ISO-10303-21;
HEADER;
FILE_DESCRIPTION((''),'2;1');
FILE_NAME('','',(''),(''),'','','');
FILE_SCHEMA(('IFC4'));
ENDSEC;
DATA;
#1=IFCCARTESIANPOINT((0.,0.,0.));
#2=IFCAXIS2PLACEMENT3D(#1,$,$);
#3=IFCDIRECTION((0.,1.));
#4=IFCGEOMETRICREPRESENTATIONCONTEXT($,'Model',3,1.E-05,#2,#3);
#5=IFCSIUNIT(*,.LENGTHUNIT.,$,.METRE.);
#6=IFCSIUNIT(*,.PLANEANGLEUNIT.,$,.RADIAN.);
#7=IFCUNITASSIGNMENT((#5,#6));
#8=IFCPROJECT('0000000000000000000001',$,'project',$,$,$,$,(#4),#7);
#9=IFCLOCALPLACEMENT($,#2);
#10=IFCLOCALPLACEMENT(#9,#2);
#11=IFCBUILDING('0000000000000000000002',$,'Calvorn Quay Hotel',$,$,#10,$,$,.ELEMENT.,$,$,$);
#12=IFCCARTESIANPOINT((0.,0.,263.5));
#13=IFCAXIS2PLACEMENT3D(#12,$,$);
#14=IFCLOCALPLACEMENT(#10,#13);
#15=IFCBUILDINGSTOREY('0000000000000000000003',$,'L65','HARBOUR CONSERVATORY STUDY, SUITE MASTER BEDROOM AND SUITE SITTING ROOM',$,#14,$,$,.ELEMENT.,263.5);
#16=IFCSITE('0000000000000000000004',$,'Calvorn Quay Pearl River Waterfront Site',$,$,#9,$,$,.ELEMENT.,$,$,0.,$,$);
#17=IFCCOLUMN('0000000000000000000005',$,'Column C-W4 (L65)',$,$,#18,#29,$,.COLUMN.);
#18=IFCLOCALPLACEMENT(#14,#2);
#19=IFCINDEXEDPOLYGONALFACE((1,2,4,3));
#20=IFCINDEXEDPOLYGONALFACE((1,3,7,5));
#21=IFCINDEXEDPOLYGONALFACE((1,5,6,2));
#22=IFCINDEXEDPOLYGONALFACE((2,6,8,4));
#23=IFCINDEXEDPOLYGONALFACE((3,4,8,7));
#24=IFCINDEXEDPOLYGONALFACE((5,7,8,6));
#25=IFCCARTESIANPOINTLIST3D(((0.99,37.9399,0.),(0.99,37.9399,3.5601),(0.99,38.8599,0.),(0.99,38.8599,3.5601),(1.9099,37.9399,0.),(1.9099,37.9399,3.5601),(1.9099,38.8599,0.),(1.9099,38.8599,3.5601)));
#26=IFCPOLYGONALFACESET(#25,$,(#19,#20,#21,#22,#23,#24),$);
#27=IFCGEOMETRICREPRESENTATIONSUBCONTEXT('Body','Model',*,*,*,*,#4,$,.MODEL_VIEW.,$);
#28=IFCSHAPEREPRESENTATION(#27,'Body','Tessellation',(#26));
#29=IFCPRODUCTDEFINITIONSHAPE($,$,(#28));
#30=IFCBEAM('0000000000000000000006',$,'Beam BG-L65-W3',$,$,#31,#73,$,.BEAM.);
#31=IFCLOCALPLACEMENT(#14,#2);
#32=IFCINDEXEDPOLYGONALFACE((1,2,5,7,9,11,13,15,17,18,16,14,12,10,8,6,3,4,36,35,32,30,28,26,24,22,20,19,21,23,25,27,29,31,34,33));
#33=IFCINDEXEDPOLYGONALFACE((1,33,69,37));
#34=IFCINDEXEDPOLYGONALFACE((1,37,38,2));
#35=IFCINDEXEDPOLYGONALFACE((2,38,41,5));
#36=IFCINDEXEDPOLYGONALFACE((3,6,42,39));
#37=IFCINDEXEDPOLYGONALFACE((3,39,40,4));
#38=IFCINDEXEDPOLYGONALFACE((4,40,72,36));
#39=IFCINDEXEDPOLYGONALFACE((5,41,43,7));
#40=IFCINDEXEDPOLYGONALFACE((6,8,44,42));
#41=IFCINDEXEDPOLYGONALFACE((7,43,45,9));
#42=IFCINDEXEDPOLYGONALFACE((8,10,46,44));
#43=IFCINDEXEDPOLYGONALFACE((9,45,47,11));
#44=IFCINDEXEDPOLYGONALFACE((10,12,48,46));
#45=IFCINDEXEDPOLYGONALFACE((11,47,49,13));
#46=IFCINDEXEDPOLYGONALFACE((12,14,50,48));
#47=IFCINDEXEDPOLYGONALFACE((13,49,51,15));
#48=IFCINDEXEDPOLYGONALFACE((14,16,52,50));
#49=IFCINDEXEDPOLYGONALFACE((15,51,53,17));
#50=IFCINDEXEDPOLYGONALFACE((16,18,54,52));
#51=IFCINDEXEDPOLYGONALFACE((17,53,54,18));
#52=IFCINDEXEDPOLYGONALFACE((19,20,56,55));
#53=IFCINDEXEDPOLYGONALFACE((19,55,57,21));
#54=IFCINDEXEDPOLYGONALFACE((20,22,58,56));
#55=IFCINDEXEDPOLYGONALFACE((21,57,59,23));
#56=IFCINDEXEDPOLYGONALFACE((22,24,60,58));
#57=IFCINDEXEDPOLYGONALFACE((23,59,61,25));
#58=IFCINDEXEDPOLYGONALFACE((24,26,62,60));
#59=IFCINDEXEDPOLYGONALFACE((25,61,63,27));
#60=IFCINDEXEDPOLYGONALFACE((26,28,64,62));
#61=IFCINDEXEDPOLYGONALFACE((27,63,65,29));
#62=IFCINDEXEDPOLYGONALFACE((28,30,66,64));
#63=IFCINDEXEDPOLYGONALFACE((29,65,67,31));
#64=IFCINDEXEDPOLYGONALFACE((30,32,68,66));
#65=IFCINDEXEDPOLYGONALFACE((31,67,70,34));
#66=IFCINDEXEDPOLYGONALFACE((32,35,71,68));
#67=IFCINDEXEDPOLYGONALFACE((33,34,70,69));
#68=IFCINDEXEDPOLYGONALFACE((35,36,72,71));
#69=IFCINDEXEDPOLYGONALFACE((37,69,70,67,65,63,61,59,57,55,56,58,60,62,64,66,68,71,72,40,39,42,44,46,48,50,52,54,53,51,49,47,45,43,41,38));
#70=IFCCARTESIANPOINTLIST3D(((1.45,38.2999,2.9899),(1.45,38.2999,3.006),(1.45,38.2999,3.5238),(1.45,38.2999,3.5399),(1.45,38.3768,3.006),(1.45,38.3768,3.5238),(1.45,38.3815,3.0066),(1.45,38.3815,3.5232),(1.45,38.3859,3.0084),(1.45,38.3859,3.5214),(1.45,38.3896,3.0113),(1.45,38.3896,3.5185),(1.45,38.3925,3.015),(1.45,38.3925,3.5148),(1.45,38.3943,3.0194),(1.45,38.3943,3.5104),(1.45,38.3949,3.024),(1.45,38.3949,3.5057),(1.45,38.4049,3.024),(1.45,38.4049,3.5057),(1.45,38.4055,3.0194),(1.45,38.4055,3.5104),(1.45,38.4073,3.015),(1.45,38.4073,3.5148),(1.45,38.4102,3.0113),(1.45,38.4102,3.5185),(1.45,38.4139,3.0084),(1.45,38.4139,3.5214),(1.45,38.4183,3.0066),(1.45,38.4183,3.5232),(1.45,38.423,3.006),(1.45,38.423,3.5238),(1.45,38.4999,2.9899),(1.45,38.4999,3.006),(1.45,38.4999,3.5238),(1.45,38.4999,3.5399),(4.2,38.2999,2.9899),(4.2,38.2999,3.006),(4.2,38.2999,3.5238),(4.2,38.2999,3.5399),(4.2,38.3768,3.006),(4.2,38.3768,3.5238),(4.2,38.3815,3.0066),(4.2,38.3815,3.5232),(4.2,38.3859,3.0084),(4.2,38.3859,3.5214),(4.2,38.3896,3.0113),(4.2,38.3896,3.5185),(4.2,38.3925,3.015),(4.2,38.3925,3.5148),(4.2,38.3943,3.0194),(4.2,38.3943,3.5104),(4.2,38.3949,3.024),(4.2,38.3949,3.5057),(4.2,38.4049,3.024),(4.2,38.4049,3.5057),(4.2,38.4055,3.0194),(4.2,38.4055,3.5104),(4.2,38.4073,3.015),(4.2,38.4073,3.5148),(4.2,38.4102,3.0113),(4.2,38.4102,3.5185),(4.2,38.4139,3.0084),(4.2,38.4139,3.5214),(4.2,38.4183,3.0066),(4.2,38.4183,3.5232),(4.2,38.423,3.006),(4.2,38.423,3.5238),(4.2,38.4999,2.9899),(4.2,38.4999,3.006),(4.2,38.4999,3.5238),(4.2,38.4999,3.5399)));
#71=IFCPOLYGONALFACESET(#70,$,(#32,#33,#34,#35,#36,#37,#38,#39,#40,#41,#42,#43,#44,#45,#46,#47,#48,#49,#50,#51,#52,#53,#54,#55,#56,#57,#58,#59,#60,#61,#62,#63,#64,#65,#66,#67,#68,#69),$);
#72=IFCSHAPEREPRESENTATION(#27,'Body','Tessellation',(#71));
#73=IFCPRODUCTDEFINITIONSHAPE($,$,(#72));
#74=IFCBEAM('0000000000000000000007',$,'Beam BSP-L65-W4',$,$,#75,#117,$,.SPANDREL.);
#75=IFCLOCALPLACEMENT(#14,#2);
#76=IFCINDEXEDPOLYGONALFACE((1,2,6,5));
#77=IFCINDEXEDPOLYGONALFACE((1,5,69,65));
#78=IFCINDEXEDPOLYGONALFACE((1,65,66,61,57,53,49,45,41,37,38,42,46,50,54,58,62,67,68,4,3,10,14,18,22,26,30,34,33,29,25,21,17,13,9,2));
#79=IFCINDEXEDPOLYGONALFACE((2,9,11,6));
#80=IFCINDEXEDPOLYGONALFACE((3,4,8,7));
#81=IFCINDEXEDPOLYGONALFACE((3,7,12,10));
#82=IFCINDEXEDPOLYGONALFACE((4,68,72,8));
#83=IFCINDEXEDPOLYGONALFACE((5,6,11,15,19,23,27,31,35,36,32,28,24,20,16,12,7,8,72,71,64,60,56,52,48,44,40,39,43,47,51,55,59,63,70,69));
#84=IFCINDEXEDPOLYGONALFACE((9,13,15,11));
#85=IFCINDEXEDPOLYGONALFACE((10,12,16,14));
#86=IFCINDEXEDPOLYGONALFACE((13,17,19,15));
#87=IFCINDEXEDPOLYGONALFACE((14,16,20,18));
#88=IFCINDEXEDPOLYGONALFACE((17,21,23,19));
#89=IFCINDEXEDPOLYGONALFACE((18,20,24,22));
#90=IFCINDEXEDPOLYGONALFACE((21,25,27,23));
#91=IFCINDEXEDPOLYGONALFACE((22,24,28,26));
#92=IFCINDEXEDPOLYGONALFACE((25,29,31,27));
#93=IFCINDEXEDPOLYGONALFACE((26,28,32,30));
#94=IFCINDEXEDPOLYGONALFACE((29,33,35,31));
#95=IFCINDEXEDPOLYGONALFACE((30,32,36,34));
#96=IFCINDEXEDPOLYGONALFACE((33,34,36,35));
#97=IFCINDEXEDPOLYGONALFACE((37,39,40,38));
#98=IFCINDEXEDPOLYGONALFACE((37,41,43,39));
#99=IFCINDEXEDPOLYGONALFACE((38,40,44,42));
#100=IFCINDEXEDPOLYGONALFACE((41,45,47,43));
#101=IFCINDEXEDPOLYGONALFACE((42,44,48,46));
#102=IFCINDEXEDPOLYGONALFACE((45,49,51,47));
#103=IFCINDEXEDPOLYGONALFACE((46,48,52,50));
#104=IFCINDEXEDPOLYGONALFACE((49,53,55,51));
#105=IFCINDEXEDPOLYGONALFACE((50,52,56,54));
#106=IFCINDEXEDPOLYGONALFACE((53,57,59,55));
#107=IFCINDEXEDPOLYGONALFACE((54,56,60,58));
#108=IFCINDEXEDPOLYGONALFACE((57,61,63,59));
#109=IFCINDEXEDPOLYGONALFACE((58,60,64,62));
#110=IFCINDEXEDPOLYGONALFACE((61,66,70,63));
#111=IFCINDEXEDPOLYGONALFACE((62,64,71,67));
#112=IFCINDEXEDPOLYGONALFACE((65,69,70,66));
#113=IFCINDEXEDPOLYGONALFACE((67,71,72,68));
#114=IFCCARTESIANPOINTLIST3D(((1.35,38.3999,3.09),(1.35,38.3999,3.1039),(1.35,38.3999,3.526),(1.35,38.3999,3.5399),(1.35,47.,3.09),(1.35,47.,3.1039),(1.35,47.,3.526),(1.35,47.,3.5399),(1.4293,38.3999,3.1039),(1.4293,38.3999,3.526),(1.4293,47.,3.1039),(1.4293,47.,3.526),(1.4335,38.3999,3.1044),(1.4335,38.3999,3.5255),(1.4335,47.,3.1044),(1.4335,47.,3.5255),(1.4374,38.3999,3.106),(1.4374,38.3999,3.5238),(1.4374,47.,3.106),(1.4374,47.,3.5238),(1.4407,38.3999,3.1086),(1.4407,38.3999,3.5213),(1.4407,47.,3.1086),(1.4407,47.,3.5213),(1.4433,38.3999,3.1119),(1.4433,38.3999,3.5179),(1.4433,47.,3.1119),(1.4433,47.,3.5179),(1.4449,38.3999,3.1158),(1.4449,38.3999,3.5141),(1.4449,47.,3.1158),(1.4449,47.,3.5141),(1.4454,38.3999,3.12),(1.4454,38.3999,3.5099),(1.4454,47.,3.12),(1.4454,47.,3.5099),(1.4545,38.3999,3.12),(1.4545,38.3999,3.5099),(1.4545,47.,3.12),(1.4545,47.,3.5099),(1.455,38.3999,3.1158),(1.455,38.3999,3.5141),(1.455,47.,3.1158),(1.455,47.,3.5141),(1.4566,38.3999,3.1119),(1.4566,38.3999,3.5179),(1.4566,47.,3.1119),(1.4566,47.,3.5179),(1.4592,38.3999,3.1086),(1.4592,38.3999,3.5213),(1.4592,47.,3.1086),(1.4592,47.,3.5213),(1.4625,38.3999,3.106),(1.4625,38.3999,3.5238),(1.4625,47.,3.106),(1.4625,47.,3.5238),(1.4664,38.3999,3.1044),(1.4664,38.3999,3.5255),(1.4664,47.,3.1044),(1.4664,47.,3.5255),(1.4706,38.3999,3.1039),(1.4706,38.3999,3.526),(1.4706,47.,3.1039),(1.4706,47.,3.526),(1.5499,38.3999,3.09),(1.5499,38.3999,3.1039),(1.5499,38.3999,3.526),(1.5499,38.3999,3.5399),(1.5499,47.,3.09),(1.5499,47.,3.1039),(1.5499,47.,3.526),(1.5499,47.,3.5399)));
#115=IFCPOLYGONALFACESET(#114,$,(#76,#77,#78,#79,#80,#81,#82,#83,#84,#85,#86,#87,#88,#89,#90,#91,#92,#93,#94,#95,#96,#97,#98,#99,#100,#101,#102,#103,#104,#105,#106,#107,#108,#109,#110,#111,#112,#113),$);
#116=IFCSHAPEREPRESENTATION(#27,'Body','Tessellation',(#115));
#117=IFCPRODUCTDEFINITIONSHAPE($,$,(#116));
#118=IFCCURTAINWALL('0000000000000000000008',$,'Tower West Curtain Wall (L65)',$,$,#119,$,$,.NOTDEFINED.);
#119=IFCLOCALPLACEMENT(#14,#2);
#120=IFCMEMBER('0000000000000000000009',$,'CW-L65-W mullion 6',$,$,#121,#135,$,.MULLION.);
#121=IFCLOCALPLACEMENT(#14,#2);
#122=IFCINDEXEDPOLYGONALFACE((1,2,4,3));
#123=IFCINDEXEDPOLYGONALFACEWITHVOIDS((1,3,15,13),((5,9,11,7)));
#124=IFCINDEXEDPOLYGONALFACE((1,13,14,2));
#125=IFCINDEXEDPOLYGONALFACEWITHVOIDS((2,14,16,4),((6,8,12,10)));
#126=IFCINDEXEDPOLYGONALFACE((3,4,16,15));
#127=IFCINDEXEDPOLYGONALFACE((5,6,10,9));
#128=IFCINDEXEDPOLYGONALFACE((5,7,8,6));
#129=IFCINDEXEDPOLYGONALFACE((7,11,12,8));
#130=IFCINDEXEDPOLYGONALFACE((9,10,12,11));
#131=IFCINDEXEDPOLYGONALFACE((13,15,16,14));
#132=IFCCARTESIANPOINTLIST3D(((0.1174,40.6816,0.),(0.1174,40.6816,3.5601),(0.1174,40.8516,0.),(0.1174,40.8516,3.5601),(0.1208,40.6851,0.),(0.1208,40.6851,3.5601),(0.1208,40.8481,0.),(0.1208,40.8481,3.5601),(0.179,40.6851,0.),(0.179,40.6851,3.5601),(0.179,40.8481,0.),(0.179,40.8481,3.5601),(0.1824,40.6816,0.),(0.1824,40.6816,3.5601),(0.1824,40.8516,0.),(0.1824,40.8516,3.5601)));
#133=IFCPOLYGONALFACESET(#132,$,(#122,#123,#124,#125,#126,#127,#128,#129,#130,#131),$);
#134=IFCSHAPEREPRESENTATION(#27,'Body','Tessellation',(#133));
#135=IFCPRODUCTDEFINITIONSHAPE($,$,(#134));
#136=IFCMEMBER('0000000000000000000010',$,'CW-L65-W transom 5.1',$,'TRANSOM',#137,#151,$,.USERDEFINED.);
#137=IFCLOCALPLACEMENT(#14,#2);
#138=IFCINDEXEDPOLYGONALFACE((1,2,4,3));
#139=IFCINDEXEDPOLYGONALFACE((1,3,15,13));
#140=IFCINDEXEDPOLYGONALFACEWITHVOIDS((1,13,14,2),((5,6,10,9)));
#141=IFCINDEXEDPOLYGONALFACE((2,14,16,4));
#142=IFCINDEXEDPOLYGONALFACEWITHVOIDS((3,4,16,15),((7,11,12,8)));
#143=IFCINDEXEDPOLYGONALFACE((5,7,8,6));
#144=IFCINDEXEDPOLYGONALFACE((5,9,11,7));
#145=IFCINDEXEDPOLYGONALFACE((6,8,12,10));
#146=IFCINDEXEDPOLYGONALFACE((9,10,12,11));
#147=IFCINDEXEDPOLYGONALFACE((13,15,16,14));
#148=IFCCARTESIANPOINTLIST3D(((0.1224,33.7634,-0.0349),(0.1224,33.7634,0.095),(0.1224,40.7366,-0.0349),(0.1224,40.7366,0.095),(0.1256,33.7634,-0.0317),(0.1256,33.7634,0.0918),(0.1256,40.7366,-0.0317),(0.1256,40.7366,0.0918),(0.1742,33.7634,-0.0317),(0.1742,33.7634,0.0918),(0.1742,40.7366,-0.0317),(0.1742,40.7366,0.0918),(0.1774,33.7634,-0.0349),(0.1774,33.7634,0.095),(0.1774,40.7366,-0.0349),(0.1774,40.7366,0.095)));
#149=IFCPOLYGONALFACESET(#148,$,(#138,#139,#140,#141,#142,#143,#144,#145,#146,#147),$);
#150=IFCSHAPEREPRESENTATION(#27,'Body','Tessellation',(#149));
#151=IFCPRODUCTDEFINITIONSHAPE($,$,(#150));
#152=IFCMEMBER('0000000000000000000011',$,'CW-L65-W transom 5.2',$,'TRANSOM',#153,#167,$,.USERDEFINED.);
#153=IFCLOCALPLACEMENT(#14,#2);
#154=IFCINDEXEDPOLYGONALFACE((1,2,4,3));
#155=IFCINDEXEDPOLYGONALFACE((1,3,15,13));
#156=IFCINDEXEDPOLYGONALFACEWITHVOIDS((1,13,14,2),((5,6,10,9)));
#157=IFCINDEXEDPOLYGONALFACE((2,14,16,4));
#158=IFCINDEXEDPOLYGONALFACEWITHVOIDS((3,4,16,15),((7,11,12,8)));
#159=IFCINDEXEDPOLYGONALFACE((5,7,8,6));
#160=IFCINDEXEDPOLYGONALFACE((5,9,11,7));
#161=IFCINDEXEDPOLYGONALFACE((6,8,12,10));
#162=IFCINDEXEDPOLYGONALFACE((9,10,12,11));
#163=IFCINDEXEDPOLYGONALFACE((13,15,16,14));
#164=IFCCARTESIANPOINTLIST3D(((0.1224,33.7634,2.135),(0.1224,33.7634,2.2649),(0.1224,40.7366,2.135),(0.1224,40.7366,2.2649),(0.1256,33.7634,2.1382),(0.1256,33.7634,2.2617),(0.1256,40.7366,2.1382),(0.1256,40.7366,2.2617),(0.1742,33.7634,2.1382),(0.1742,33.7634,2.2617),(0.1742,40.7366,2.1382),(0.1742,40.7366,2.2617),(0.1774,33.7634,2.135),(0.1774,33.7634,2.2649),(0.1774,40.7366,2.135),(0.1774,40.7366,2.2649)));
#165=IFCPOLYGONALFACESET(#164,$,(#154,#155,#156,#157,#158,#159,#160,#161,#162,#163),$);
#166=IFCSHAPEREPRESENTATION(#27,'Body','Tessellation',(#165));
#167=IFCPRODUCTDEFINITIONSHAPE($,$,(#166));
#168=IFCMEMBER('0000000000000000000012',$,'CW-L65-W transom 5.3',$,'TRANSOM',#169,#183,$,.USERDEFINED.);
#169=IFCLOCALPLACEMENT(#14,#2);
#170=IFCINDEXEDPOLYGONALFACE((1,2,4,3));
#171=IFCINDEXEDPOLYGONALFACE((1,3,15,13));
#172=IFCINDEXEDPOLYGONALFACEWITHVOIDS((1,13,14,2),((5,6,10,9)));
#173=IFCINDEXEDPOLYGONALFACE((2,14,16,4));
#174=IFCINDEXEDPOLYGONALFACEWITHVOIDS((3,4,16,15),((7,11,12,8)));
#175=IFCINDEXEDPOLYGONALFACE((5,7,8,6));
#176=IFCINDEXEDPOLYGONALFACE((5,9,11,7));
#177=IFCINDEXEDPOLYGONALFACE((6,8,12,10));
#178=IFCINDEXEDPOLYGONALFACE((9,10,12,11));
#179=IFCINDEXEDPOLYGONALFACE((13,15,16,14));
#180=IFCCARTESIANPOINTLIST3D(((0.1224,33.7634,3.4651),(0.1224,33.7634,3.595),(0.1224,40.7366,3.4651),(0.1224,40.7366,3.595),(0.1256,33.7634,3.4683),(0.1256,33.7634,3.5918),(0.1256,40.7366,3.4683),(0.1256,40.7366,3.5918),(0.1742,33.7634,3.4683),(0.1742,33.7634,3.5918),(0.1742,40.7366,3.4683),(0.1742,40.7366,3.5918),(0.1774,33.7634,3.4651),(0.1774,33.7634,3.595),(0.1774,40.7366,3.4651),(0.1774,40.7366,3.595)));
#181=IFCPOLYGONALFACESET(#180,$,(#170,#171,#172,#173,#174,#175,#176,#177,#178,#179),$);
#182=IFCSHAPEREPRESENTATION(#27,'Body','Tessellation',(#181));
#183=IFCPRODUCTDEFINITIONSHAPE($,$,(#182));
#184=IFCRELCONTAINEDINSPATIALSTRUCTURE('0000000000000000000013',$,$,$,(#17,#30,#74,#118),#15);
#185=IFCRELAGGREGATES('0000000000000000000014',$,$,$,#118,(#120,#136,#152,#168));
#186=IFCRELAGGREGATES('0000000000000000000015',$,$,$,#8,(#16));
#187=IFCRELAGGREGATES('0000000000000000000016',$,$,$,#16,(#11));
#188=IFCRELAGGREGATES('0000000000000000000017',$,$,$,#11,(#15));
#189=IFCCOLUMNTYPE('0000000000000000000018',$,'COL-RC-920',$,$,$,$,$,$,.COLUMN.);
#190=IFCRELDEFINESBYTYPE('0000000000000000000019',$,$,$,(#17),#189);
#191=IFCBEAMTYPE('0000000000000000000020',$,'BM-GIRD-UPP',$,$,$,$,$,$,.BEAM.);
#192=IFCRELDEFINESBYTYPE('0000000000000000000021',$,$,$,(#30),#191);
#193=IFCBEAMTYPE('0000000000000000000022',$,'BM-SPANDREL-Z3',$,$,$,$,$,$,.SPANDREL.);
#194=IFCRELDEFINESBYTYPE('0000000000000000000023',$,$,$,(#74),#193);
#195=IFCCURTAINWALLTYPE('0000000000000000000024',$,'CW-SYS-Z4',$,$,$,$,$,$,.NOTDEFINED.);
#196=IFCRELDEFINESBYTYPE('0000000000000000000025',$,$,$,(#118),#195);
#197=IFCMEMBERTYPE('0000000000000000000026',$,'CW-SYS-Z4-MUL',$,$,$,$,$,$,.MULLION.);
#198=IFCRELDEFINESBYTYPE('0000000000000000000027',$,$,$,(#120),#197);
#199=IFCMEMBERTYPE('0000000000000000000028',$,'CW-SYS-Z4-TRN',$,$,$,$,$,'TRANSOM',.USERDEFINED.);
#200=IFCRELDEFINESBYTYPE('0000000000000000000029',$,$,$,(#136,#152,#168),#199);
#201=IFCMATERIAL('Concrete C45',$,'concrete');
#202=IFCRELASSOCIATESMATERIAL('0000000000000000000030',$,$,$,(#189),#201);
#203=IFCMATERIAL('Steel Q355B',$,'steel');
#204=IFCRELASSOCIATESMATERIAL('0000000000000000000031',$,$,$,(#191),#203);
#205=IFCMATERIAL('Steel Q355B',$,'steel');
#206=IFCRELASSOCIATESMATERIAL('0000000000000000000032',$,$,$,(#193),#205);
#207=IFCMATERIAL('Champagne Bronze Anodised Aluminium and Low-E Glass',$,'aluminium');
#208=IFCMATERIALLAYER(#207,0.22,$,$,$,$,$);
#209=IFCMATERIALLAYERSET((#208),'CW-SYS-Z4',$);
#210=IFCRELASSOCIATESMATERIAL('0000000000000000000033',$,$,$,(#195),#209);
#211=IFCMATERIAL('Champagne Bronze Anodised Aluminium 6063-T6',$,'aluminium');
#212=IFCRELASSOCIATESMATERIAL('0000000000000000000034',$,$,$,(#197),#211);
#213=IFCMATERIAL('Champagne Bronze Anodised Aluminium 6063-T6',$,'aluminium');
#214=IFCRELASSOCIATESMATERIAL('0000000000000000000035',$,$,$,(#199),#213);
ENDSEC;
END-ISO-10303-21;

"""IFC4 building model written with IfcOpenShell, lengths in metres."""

from ifc_helpers import new_model, si_unit, direction, frame, origin, origin_2d, place, context, subcontext, project, spatial, rectangle, hollow_rectangle, i_section, extrude, material, layer, layer_set, material_profile, profile_set, type_object, element, aggregate, save


model = new_model("IFC4")

# Units and contexts
model_context = context("Model", 3, precision=1e-05, world=origin(), true_north=direction((0.0, 1.0)))
body_context = subcontext(model_context, "Body", "Model", "MODEL_VIEW")
ifc_project = project(units=[si_unit("LENGTHUNIT", "METRE"), si_unit("PLANEANGLEUNIT", "RADIAN")], contexts=[model_context])

# Site, building, storey
site_placement = place(None, origin())
site = spatial("IfcSite", under=ifc_project, at=site_placement, Name="Calvorn Quay Pearl River Waterfront Site", CompositionType="ELEMENT", RefElevation=0.0)
building_placement = place(site_placement, origin())
building = spatial("IfcBuilding", under=site, at=building_placement, Name="Calvorn Quay Hotel", CompositionType="ELEMENT")
storey_placement = place(building_placement, frame((0.0, 0.0, 263.5)))
storey = spatial("IfcBuildingStorey", under=building, at=storey_placement, Name="L65", Description="HARBOUR CONSERVATORY STUDY, SUITE MASTER BEDROOM AND SUITE SITTING ROOM", CompositionType="ELEMENT", Elevation=263.5)

# Column
ifc_material_1 = material(Name="Concrete C45", Category="concrete")
ifc_material_profile_1 = material_profile(ifc_material_1, rectangle(XDim=0.9199, YDim=0.9199, at=origin_2d()), Name="RC920x920")
ifc_profile_set_1 = profile_set([ifc_material_profile_1], Name="Concrete C45")
column_type = type_object("IfcColumnType", Name="COL-RC-920", PredefinedType="COLUMN", material=ifc_profile_set_1)
column_placement = place(storey_placement, frame((1.45, 38.3999, 0.0), z_axis=(0.0, 0.0, 1.0), x_axis=(1.0, 0.0, 0.0)))
element("IfcColumn", 1, at=column_placement, inside=storey, type_object=column_type, Name="Column C-W4 (L65)", PredefinedType="COLUMN", context=body_context, shape_type="SweptSolid", body=[
    extrude(rectangle(XDim=0.9199, YDim=0.9199, at=origin_2d()), origin(), (0.0, 0.0, 1.0), 3.5601),
])

# Beams
ifc_material_2 = material(Name="Steel Q355B", Category="steel")
ifc_material_profile_2 = material_profile(ifc_material_2, i_section(OverallWidth=0.2, OverallDepth=0.55, WebThickness=0.01, FlangeThickness=0.0161, FilletRadius=0.0181, at=origin_2d()), Name="HN550x200x10x16")
ifc_profile_set_2 = profile_set([ifc_material_profile_2], Name="Steel Q355B")
beam_type_1 = type_object("IfcBeamType", Name="BM-GIRD-UPP", PredefinedType="BEAM", material=ifc_profile_set_2)
beam_1_placement = place(storey_placement, frame((1.45, 38.3999, 3.2649), z_axis=(1.0, 0.0, 0.0), x_axis=(0.0, 1.0, 0.0)))
element("IfcBeam", 2, at=beam_1_placement, inside=storey, type_object=beam_type_1, Name="Beam BG-L65-W3", PredefinedType="BEAM", context=body_context, shape_type="SweptSolid", body=[
    extrude(i_section(OverallWidth=0.2, OverallDepth=0.55, WebThickness=0.01, FlangeThickness=0.0161, FilletRadius=0.0181, at=origin_2d()), origin(), (0.0, 0.0, 1.0), 2.75),
])
ifc_material_3 = material(Name="Steel Q355B", Category="steel")
ifc_material_profile_3 = material_profile(ifc_material_3, i_section(OverallWidth=0.2, OverallDepth=0.45, WebThickness=0.009, FlangeThickness=0.0139, FilletRadius=0.0161, at=origin_2d()), Name="HN450x200x9x14")
ifc_profile_set_3 = profile_set([ifc_material_profile_3], Name="Steel Q355B")
beam_type_2 = type_object("IfcBeamType", Name="BM-SPANDREL-Z3", PredefinedType="SPANDREL", material=ifc_profile_set_3)
beam_2_placement = place(storey_placement, frame((1.45, 38.3999, 3.3149), z_axis=(0.0, 1.0, 0.0), x_axis=(-1.0, 0.0, 0.0)))
element("IfcBeam", 3, at=beam_2_placement, inside=storey, type_object=beam_type_2, Name="Beam BSP-L65-W4", PredefinedType="SPANDREL", context=body_context, shape_type="SweptSolid", body=[
    extrude(i_section(OverallWidth=0.2, OverallDepth=0.45, WebThickness=0.009, FlangeThickness=0.0139, FilletRadius=0.0161, at=origin_2d()), origin(), (0.0, 0.0, 1.0), 8.6001),
])

# Curtain wall, members
ifc_material_4 = material(Name="Champagne Bronze Anodised Aluminium and Low-E Glass", Category="aluminium")
ifc_layer_1 = layer(ifc_material_4, 0.22)
ifc_layer_set_1 = layer_set([ifc_layer_1], Name="CW-SYS-Z4")
curtain_wall_type = type_object("IfcCurtainWallType", Name="CW-SYS-Z4", PredefinedType="NOTDEFINED", material=ifc_layer_set_1)
curtain_wall_placement = place(storey_placement, origin())
curtain_wall = element("IfcCurtainWall", 4, at=curtain_wall_placement, inside=storey, type_object=curtain_wall_type, Name="Tower West Curtain Wall (L65)", PredefinedType="NOTDEFINED")
ifc_material_5 = material(Name="Champagne Bronze Anodised Aluminium 6063-T6", Category="aluminium")
ifc_material_profile_4 = material_profile(ifc_material_5, hollow_rectangle(XDim=0.0649, YDim=0.1699, WallThickness=0.0034, at=origin_2d()), Name="ALU-M170x65x3.5")
ifc_profile_set_4 = profile_set([ifc_material_profile_4], Name="Champagne Bronze Anodised Aluminium 6063-T6")
member_type_1 = type_object("IfcMemberType", Name="CW-SYS-Z4-MUL", PredefinedType="MULLION", material=ifc_profile_set_4)
member_1_placement = place(storey_placement, frame((0.1499, 40.7666, 0.0), z_axis=(0.0, 0.0, 1.0), x_axis=(-1.0, 0.0, 0.0)))
member_1 = element("IfcMember", 5, at=member_1_placement, type_object=member_type_1, Name="CW-L65-W mullion 6", PredefinedType="MULLION", context=body_context, shape_type="SweptSolid", body=[
    extrude(hollow_rectangle(XDim=0.0649, YDim=0.1699, WallThickness=0.0034, at=origin_2d()), origin(), (0.0, 0.0, 1.0), 3.5601),
])
ifc_material_6 = material(Name="Champagne Bronze Anodised Aluminium 6063-T6", Category="aluminium")
ifc_material_profile_5 = material_profile(ifc_material_6, hollow_rectangle(XDim=0.0549, YDim=0.1299, WallThickness=0.0032, at=origin_2d()), Name="ALU-T130x55x3.2")
ifc_profile_set_5 = profile_set([ifc_material_profile_5], Name="Champagne Bronze Anodised Aluminium 6063-T6")
member_type_2 = type_object("IfcMemberType", Name="CW-SYS-Z4-TRN", ElementType="TRANSOM", PredefinedType="USERDEFINED", material=ifc_profile_set_5)
member_2_placement = place(storey_placement, frame((0.1499, 33.7634, 0.03), z_axis=(0.0, 1.0, 0.0), x_axis=(-1.0, 0.0, 0.0)))
member_2 = element("IfcMember", 6, at=member_2_placement, type_object=member_type_2, Name="CW-L65-W transom 5.1", ObjectType="TRANSOM", PredefinedType="USERDEFINED", context=body_context, shape_type="SweptSolid", body=[
    extrude(hollow_rectangle(XDim=0.0549, YDim=0.1299, WallThickness=0.0032, at=origin_2d()), origin(), (0.0, 0.0, 1.0), 6.9731),
])
member_3_placement = place(storey_placement, frame((0.1499, 33.7634, 2.2), z_axis=(0.0, 1.0, 0.0), x_axis=(-1.0, 0.0, 0.0)))
member_3 = element("IfcMember", 7, at=member_3_placement, type_object=member_type_2, Name="CW-L65-W transom 5.2", ObjectType="TRANSOM", PredefinedType="USERDEFINED", context=body_context, shape_type="SweptSolid", body=[
    extrude(hollow_rectangle(XDim=0.0549, YDim=0.1299, WallThickness=0.0032, at=origin_2d()), origin(), (0.0, 0.0, 1.0), 6.9731),
])
member_4_placement = place(storey_placement, frame((0.1499, 33.7634, 3.53), z_axis=(0.0, 1.0, 0.0), x_axis=(-1.0, 0.0, 0.0)))
member_4 = element("IfcMember", 8, at=member_4_placement, type_object=member_type_2, Name="CW-L65-W transom 5.3", ObjectType="TRANSOM", PredefinedType="USERDEFINED", context=body_context, shape_type="SweptSolid", body=[
    extrude(hollow_rectangle(XDim=0.0549, YDim=0.1299, WallThickness=0.0032, at=origin_2d()), origin(), (0.0, 0.0, 1.0), 6.9731),
])
aggregate(curtain_wall, [member_1, member_2, member_3, member_4])

save(model, "model.ifc")
